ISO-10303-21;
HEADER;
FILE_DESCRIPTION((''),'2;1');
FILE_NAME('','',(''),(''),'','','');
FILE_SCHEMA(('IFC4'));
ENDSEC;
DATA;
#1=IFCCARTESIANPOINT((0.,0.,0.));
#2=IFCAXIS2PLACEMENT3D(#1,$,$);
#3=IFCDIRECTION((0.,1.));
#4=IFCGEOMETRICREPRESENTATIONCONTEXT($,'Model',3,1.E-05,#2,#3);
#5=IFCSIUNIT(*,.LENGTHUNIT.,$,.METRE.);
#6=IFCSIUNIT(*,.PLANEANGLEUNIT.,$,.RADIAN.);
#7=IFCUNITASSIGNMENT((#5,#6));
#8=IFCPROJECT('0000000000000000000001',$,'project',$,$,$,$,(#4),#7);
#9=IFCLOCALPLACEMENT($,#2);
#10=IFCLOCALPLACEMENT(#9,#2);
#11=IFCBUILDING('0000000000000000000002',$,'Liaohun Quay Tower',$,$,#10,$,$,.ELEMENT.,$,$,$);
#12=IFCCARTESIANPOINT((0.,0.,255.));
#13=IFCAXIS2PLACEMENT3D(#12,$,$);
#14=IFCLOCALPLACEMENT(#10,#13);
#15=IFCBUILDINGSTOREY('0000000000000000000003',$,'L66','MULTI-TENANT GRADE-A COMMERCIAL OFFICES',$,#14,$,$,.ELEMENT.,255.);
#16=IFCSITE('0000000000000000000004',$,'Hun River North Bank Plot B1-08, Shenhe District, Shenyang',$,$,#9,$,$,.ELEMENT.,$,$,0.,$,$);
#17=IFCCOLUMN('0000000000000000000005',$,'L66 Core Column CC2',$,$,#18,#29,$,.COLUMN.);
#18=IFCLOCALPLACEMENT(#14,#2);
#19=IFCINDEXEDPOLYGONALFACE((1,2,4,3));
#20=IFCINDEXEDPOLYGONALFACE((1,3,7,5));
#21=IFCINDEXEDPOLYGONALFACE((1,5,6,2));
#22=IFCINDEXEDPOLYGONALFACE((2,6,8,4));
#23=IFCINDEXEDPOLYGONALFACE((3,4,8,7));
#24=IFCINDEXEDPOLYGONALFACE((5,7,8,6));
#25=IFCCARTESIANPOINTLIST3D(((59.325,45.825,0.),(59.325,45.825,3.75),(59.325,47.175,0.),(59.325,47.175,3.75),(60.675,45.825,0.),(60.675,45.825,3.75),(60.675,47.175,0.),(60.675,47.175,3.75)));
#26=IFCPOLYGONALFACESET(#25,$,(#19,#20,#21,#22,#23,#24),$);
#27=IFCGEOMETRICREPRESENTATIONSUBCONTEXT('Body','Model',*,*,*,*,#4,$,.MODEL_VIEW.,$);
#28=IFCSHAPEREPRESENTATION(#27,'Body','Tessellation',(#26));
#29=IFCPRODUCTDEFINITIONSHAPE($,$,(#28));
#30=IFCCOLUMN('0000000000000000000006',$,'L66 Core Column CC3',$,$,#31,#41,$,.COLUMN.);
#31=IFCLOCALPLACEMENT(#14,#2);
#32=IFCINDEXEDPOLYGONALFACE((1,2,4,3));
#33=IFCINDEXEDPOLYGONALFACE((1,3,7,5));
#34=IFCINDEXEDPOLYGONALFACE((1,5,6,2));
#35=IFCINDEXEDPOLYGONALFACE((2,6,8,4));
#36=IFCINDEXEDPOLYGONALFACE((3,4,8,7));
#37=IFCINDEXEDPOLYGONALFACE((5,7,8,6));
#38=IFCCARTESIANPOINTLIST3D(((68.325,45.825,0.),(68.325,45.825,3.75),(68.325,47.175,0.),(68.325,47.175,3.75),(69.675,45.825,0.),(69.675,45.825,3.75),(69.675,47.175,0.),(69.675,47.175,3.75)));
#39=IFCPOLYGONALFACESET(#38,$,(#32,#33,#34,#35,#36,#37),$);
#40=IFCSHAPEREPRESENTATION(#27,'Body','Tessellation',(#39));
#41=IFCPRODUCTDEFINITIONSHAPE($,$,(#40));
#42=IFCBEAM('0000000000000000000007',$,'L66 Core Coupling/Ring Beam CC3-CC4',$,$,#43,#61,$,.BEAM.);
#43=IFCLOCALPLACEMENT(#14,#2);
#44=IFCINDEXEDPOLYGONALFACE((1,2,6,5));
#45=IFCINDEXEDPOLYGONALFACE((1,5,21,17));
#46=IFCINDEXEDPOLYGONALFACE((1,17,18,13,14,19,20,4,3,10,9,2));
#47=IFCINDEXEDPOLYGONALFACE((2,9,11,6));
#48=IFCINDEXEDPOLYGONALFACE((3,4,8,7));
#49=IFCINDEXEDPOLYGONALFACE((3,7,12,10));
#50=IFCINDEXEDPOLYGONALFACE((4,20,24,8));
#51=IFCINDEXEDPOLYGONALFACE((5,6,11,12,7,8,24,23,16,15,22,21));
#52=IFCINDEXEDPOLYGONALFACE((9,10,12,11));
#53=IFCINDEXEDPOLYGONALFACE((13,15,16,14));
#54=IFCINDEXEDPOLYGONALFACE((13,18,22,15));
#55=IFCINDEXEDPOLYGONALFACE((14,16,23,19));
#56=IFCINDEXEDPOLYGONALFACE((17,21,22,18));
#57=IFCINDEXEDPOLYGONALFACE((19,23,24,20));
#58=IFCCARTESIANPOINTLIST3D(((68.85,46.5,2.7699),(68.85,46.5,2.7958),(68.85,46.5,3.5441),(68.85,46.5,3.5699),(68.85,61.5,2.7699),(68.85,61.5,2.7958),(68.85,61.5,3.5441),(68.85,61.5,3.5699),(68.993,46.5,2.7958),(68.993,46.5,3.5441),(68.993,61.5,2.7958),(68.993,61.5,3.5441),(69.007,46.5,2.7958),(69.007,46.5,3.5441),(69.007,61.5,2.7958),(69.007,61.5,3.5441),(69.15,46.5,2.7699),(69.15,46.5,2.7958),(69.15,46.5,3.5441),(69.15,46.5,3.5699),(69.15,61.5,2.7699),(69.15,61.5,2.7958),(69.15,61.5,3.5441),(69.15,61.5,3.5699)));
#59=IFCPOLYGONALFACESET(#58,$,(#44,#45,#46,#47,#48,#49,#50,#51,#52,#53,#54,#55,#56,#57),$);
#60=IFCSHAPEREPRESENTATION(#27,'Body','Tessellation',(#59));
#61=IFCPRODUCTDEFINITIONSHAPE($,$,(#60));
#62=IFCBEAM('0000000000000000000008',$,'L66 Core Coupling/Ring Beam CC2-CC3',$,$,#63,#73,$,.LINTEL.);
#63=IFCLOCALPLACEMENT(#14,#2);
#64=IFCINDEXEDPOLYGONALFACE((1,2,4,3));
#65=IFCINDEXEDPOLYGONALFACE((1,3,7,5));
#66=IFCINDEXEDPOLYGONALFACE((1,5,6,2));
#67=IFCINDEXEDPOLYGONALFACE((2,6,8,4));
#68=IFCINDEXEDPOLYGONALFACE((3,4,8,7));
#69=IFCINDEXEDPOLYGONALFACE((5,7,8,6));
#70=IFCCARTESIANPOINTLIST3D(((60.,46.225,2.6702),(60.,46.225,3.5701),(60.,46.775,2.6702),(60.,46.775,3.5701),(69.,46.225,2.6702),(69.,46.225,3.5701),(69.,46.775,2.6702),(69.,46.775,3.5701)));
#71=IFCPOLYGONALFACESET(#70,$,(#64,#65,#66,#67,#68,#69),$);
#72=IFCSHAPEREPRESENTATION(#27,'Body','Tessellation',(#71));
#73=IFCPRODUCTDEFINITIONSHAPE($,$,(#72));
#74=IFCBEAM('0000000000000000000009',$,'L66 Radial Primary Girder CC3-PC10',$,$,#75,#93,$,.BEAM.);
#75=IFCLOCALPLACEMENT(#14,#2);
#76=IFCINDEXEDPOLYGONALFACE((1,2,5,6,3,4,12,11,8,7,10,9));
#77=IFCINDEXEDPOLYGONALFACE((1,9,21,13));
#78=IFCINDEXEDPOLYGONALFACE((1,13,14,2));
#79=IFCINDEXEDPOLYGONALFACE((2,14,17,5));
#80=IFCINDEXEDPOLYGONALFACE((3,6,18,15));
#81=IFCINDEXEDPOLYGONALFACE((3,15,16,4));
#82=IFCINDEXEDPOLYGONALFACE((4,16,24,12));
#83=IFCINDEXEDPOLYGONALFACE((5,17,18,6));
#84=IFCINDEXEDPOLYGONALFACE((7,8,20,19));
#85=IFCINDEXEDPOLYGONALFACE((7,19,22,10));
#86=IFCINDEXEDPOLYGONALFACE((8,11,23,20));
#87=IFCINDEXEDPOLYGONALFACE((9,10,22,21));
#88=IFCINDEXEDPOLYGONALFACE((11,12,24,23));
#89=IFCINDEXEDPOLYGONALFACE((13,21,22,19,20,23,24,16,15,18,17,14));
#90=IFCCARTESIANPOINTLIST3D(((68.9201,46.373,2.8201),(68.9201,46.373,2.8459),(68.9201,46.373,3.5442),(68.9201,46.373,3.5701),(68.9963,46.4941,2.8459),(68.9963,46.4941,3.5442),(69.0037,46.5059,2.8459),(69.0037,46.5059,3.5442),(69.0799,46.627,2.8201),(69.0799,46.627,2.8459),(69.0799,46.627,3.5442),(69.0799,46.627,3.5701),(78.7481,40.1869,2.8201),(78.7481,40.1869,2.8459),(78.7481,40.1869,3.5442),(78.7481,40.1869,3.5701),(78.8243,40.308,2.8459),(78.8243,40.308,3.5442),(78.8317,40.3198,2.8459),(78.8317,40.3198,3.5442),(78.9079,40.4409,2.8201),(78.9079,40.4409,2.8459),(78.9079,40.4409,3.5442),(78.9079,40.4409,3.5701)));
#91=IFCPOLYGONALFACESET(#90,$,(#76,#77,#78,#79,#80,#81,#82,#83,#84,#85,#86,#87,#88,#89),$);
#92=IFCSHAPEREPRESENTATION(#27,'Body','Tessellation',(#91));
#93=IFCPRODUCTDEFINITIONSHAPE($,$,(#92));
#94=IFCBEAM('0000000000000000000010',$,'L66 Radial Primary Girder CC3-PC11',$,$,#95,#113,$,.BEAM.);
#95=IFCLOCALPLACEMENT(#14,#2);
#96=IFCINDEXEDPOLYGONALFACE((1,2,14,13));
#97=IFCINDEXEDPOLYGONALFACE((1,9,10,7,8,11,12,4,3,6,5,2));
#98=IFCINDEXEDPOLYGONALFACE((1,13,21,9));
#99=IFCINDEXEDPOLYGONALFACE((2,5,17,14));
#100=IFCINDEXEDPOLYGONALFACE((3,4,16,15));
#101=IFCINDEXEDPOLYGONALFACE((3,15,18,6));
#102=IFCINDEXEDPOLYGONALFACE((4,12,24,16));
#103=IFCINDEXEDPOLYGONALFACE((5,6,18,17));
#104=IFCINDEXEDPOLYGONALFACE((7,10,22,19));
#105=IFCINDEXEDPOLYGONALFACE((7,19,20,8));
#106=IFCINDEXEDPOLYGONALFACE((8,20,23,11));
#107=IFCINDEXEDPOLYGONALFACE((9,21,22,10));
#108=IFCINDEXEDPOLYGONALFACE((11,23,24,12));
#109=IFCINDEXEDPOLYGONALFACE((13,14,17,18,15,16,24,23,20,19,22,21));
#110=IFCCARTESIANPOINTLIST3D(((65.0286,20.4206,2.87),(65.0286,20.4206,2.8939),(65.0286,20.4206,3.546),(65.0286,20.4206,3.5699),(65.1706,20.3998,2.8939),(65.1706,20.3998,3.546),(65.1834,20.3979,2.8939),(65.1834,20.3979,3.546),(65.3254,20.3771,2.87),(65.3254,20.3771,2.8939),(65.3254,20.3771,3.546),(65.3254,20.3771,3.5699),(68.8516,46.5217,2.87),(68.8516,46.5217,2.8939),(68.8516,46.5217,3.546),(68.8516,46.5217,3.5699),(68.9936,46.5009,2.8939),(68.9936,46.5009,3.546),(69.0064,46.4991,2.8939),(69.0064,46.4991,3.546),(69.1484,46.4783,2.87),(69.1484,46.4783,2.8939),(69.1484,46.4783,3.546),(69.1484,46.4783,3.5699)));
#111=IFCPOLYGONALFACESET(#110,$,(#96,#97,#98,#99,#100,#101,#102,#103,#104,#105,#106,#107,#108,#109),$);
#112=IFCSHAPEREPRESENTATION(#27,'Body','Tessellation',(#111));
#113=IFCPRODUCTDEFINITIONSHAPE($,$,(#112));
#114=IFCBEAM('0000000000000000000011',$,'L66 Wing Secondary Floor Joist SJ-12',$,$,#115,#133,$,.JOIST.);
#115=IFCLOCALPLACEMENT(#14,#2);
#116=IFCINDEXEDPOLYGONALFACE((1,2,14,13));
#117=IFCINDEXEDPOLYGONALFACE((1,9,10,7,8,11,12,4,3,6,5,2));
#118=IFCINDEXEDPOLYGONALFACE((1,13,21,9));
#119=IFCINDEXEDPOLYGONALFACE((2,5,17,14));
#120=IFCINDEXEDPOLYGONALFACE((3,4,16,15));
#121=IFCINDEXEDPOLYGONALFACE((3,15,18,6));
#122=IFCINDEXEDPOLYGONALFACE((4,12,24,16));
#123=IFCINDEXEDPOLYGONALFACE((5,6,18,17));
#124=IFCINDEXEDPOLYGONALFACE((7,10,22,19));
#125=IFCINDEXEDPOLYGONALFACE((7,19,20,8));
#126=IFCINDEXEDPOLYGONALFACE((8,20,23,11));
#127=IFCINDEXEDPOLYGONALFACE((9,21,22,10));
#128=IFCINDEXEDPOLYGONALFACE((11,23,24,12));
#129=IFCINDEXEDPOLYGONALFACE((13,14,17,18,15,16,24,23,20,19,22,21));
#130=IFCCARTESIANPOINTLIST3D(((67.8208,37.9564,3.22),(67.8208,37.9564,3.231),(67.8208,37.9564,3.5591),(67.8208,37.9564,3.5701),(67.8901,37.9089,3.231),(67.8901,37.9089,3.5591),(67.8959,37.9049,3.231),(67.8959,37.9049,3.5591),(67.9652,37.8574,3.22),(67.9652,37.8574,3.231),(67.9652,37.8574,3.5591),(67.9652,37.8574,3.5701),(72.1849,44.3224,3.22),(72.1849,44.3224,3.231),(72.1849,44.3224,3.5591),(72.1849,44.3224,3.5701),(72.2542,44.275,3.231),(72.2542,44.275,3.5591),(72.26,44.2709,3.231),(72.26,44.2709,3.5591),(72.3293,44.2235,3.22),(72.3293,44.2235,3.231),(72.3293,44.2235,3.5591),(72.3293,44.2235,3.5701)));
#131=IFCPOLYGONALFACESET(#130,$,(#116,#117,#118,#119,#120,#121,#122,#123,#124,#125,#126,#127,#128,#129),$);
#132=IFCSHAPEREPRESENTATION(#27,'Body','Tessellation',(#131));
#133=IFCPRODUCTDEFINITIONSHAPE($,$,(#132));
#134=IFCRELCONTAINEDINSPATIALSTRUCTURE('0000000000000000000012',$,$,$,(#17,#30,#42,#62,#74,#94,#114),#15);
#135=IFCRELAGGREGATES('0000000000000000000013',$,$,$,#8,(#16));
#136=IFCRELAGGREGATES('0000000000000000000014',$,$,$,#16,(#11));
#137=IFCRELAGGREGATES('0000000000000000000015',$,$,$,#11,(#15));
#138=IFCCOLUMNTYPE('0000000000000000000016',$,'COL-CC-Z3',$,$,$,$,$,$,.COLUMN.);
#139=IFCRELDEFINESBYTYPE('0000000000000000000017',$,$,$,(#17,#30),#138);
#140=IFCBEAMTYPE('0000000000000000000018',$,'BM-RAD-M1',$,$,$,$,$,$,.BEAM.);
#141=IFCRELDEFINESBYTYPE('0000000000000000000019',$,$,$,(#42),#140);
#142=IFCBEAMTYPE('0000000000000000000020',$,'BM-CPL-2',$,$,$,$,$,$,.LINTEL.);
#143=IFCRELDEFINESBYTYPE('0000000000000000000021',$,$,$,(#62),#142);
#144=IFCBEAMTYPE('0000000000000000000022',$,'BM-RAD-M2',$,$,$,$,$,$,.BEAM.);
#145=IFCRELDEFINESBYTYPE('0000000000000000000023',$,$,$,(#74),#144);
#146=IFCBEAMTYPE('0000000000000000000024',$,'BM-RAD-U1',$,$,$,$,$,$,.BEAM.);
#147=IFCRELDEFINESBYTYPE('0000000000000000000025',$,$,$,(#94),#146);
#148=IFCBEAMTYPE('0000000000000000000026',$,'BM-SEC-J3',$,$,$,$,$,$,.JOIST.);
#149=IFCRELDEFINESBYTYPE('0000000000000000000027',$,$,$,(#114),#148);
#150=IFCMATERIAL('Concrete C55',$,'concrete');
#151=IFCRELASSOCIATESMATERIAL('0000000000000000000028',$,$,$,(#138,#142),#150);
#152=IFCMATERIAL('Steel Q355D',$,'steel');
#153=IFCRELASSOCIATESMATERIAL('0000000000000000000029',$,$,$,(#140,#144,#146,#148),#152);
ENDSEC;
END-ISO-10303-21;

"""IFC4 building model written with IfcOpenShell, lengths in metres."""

from ifc_helpers import new_model, si_unit, direction, frame, origin, origin_2d, place, context, subcontext, project, spatial, rectangle, i_section, extrude, source, transform, mapped, material, material_profile, profile_set, type_object, element, save


model = new_model("IFC4")

# Units and contexts
model_context = context("Model", 3, precision=1e-05, world=origin(), true_north=direction((0.0, 1.0)))
body_context = subcontext(model_context, "Body", "Model", "MODEL_VIEW")
ifc_project = project(units=[si_unit("LENGTHUNIT", "METRE"), si_unit("PLANEANGLEUNIT", "RADIAN")], contexts=[model_context])

# Site, building, storey
site_placement = place(None, origin())
site = spatial("IfcSite", under=ifc_project, at=site_placement, Name="Hun River North Bank Plot B1-08, Shenhe District, Shenyang", CompositionType="ELEMENT", RefElevation=0.0)
building_placement = place(site_placement, origin())
building = spatial("IfcBuilding", under=site, at=building_placement, Name="Liaohun Quay Tower", CompositionType="ELEMENT")
storey_placement = place(building_placement, frame((0.0, 0.0, 255.0)))
storey = spatial("IfcBuildingStorey", under=building, at=storey_placement, Name="L66", Description="MULTI-TENANT GRADE-A COMMERCIAL OFFICES", CompositionType="ELEMENT", Elevation=255.0)

# Columns
ifc_material_1 = material(Name="Concrete C55", Category="concrete")
ifc_material_profile_1 = material_profile(ifc_material_1, rectangle(XDim=1.3501, YDim=1.3501, at=origin_2d()), Name="RC1350x1350")
ifc_profile_set_1 = profile_set([ifc_material_profile_1], Name="Concrete C55")
column_type = type_object("IfcColumnType", Name="COL-CC-Z3", PredefinedType="COLUMN", material=ifc_profile_set_1)
shared_shape_1 = source(origin(), body_context, "Body", "SweptSolid", [
    extrude(rectangle(XDim=1.3501, YDim=1.3501, at=origin_2d()), origin(), (0.0, 0.0, 1.0), 3.75),
])
for number, where, z_axis, x_axis, name in (
    (1, (60.0, 46.5, 0.0), (0.0, 0.0, 1.0), (1.0, 0.0, 0.0), "L66 Core Column CC2"),
    (2, (69.0, 46.5, 0.0), (0.0, 0.0, 1.0), (1.0, 0.0, 0.0), "L66 Core Column CC3"),
):
    element("IfcColumn", number, at=place(storey_placement, frame(where, z_axis=z_axis, x_axis=x_axis)), inside=storey, type_object=column_type, Name=name, PredefinedType="COLUMN", context=body_context, shape_type="MappedRepresentation", body=[
        mapped(shared_shape_1, transform((0.0, 0.0, 0.0), x_axis=(1.0, 0.0, 0.0), y_axis=(0.0, 1.0, 0.0), z_axis=(0.0, 0.0, 1.0), scale=1.0)),
    ])

# Beams
ifc_material_2 = material(Name="Steel Q355D", Category="steel")
ifc_material_profile_2 = material_profile(ifc_material_2, i_section(OverallWidth=0.3, OverallDepth=0.8, WebThickness=0.0139, FlangeThickness=0.0259, at=origin_2d()), Name="HN800x300x14x26")
ifc_profile_set_2 = profile_set([ifc_material_profile_2], Name="Steel Q355D")
beam_type_1 = type_object("IfcBeamType", Name="BM-RAD-M1", PredefinedType="BEAM", material=ifc_profile_set_2)
shared_shape_2 = source(origin(), body_context, "Body", "SweptSolid", [
    extrude(i_section(OverallWidth=0.3, OverallDepth=0.8, WebThickness=0.0139, FlangeThickness=0.0259, at=origin_2d()), origin(), (0.0, 0.0, 1.0), 15.0),
])
beam_1_placement = place(storey_placement, frame((69.0, 46.5, 3.1699), z_axis=(0.0, 1.0, 0.0), x_axis=(-1.0, 0.0, 0.0)))
element("IfcBeam", 3, at=beam_1_placement, inside=storey, type_object=beam_type_1, Name="L66 Core Coupling/Ring Beam CC3-CC4", PredefinedType="BEAM", context=body_context, shape_type="MappedRepresentation", body=[
    mapped(shared_shape_2, transform((0.0, 0.0, 0.0), x_axis=(1.0, 0.0, 0.0), y_axis=(0.0, 1.0, 0.0), z_axis=(0.0, 0.0, 1.0), scale=1.0)),
])
ifc_material_profile_3 = material_profile(ifc_material_1, rectangle(XDim=0.55, YDim=0.8999, at=origin_2d()), Name="RC550x900")
ifc_profile_set_3 = profile_set([ifc_material_profile_3], Name="Concrete C55")
beam_type_2 = type_object("IfcBeamType", Name="BM-CPL-2", PredefinedType="LINTEL", material=ifc_profile_set_3)
shared_shape_3 = source(origin(), body_context, "Body", "SweptSolid", [
    extrude(rectangle(XDim=0.55, YDim=0.8999, at=origin_2d()), origin(), (0.0, 0.0, 1.0), 9.0),
])
beam_2_placement = place(storey_placement, frame((60.0, 46.5, 3.1201), z_axis=(1.0, 0.0, 0.0), x_axis=(0.0, 1.0, 0.0)))
element("IfcBeam", 4, at=beam_2_placement, inside=storey, type_object=beam_type_2, Name="L66 Core Coupling/Ring Beam CC2-CC3", PredefinedType="LINTEL", context=body_context, shape_type="MappedRepresentation", body=[
    mapped(shared_shape_3, transform((0.0, 0.0, 0.0), x_axis=(1.0, 0.0, 0.0), y_axis=(0.0, 1.0, 0.0), z_axis=(0.0, 0.0, 1.0), scale=1.0)),
])
ifc_material_profile_4 = material_profile(ifc_material_2, i_section(OverallWidth=0.3, OverallDepth=0.75, WebThickness=0.0139, FlangeThickness=0.0259, at=origin_2d()), Name="HN750x300x14x26")
ifc_profile_set_4 = profile_set([ifc_material_profile_4], Name="Steel Q355D")
beam_type_3 = type_object("IfcBeamType", Name="BM-RAD-M2", PredefinedType="BEAM", material=ifc_profile_set_4)
shared_shape_4 = source(origin(), body_context, "Body", "SweptSolid", [
    extrude(i_section(OverallWidth=0.3, OverallDepth=0.75, WebThickness=0.0139, FlangeThickness=0.0259, at=origin_2d()), origin(), (0.0, 0.0, 1.0), 11.6128),
])
beam_3_placement = place(storey_placement, frame((69.0, 46.5, 3.1951), z_axis=(0.846306, -0.532697, 0.0), x_axis=(0.532697, 0.846306, 0.0)))
element("IfcBeam", 5, at=beam_3_placement, inside=storey, type_object=beam_type_3, Name="L66 Radial Primary Girder CC3-PC10", PredefinedType="BEAM", context=body_context, shape_type="MappedRepresentation", body=[
    mapped(shared_shape_4, transform((0.0, 0.0, 0.0), x_axis=(1.0, 0.0, 0.0), y_axis=(0.0, 1.0, 0.0), z_axis=(0.0, 0.0, 1.0), scale=1.0)),
])
ifc_material_profile_5 = material_profile(ifc_material_2, i_section(OverallWidth=0.3, OverallDepth=0.7, WebThickness=0.0129, FlangeThickness=0.0239, at=origin_2d()), Name="HN700x300x13x24")
ifc_profile_set_5 = profile_set([ifc_material_profile_5], Name="Steel Q355D")
beam_type_4 = type_object("IfcBeamType", Name="BM-RAD-U1", PredefinedType="BEAM", material=ifc_profile_set_5)
shared_shape_5 = source(origin(), body_context, "Body", "SweptSolid", [
    extrude(i_section(OverallWidth=0.3, OverallDepth=0.7, WebThickness=0.0129, FlangeThickness=0.0239, at=origin_2d()), origin(), (0.0, 0.0, 1.0), 26.3796),
])
beam_4_placement = place(storey_placement, frame((69.0, 46.5, 3.22), z_axis=(-0.144923, -0.989443, 0.0), x_axis=(0.989443, -0.144923, 0.0)))
element("IfcBeam", 6, at=beam_4_placement, inside=storey, type_object=beam_type_4, Name="L66 Radial Primary Girder CC3-PC11", PredefinedType="BEAM", context=body_context, shape_type="MappedRepresentation", body=[
    mapped(shared_shape_5, transform((0.0, 0.0, 0.0), x_axis=(1.0, 0.0, 0.0), y_axis=(0.0, 1.0, 0.0), z_axis=(0.0, 0.0, 1.0), scale=1.0)),
])
ifc_material_profile_6 = material_profile(ifc_material_2, i_section(OverallWidth=0.175, OverallDepth=0.3501, WebThickness=0.0071, FlangeThickness=0.011, at=origin_2d()), Name="HN350x175x7x11")
ifc_profile_set_6 = profile_set([ifc_material_profile_6], Name="Steel Q355D")
beam_type_5 = type_object("IfcBeamType", Name="BM-SEC-J3", PredefinedType="JOIST", material=ifc_profile_set_6)
shared_shape_6 = source(origin(), body_context, "Body", "SweptSolid", [
    extrude(i_section(OverallWidth=0.175, OverallDepth=0.3501, WebThickness=0.0071, FlangeThickness=0.011, at=origin_2d()), origin(), (0.0, 0.0, 1.0), 7.7183),
])
beam_5_placement = place(storey_placement, frame((72.2571, 44.2729, 3.395), z_axis=(-0.565421, -0.824803, 0.0), x_axis=(0.824803, -0.565421, 0.0)))
element("IfcBeam", 7, at=beam_5_placement, inside=storey, type_object=beam_type_5, Name="L66 Wing Secondary Floor Joist SJ-12", PredefinedType="JOIST", context=body_context, shape_type="MappedRepresentation", body=[
    mapped(shared_shape_6, transform((0.0, 0.0, 0.0), x_axis=(1.0, 0.0, 0.0), y_axis=(0.0, 1.0, 0.0), z_axis=(0.0, 0.0, 1.0), scale=1.0)),
])

save(model, "model.ifc")
